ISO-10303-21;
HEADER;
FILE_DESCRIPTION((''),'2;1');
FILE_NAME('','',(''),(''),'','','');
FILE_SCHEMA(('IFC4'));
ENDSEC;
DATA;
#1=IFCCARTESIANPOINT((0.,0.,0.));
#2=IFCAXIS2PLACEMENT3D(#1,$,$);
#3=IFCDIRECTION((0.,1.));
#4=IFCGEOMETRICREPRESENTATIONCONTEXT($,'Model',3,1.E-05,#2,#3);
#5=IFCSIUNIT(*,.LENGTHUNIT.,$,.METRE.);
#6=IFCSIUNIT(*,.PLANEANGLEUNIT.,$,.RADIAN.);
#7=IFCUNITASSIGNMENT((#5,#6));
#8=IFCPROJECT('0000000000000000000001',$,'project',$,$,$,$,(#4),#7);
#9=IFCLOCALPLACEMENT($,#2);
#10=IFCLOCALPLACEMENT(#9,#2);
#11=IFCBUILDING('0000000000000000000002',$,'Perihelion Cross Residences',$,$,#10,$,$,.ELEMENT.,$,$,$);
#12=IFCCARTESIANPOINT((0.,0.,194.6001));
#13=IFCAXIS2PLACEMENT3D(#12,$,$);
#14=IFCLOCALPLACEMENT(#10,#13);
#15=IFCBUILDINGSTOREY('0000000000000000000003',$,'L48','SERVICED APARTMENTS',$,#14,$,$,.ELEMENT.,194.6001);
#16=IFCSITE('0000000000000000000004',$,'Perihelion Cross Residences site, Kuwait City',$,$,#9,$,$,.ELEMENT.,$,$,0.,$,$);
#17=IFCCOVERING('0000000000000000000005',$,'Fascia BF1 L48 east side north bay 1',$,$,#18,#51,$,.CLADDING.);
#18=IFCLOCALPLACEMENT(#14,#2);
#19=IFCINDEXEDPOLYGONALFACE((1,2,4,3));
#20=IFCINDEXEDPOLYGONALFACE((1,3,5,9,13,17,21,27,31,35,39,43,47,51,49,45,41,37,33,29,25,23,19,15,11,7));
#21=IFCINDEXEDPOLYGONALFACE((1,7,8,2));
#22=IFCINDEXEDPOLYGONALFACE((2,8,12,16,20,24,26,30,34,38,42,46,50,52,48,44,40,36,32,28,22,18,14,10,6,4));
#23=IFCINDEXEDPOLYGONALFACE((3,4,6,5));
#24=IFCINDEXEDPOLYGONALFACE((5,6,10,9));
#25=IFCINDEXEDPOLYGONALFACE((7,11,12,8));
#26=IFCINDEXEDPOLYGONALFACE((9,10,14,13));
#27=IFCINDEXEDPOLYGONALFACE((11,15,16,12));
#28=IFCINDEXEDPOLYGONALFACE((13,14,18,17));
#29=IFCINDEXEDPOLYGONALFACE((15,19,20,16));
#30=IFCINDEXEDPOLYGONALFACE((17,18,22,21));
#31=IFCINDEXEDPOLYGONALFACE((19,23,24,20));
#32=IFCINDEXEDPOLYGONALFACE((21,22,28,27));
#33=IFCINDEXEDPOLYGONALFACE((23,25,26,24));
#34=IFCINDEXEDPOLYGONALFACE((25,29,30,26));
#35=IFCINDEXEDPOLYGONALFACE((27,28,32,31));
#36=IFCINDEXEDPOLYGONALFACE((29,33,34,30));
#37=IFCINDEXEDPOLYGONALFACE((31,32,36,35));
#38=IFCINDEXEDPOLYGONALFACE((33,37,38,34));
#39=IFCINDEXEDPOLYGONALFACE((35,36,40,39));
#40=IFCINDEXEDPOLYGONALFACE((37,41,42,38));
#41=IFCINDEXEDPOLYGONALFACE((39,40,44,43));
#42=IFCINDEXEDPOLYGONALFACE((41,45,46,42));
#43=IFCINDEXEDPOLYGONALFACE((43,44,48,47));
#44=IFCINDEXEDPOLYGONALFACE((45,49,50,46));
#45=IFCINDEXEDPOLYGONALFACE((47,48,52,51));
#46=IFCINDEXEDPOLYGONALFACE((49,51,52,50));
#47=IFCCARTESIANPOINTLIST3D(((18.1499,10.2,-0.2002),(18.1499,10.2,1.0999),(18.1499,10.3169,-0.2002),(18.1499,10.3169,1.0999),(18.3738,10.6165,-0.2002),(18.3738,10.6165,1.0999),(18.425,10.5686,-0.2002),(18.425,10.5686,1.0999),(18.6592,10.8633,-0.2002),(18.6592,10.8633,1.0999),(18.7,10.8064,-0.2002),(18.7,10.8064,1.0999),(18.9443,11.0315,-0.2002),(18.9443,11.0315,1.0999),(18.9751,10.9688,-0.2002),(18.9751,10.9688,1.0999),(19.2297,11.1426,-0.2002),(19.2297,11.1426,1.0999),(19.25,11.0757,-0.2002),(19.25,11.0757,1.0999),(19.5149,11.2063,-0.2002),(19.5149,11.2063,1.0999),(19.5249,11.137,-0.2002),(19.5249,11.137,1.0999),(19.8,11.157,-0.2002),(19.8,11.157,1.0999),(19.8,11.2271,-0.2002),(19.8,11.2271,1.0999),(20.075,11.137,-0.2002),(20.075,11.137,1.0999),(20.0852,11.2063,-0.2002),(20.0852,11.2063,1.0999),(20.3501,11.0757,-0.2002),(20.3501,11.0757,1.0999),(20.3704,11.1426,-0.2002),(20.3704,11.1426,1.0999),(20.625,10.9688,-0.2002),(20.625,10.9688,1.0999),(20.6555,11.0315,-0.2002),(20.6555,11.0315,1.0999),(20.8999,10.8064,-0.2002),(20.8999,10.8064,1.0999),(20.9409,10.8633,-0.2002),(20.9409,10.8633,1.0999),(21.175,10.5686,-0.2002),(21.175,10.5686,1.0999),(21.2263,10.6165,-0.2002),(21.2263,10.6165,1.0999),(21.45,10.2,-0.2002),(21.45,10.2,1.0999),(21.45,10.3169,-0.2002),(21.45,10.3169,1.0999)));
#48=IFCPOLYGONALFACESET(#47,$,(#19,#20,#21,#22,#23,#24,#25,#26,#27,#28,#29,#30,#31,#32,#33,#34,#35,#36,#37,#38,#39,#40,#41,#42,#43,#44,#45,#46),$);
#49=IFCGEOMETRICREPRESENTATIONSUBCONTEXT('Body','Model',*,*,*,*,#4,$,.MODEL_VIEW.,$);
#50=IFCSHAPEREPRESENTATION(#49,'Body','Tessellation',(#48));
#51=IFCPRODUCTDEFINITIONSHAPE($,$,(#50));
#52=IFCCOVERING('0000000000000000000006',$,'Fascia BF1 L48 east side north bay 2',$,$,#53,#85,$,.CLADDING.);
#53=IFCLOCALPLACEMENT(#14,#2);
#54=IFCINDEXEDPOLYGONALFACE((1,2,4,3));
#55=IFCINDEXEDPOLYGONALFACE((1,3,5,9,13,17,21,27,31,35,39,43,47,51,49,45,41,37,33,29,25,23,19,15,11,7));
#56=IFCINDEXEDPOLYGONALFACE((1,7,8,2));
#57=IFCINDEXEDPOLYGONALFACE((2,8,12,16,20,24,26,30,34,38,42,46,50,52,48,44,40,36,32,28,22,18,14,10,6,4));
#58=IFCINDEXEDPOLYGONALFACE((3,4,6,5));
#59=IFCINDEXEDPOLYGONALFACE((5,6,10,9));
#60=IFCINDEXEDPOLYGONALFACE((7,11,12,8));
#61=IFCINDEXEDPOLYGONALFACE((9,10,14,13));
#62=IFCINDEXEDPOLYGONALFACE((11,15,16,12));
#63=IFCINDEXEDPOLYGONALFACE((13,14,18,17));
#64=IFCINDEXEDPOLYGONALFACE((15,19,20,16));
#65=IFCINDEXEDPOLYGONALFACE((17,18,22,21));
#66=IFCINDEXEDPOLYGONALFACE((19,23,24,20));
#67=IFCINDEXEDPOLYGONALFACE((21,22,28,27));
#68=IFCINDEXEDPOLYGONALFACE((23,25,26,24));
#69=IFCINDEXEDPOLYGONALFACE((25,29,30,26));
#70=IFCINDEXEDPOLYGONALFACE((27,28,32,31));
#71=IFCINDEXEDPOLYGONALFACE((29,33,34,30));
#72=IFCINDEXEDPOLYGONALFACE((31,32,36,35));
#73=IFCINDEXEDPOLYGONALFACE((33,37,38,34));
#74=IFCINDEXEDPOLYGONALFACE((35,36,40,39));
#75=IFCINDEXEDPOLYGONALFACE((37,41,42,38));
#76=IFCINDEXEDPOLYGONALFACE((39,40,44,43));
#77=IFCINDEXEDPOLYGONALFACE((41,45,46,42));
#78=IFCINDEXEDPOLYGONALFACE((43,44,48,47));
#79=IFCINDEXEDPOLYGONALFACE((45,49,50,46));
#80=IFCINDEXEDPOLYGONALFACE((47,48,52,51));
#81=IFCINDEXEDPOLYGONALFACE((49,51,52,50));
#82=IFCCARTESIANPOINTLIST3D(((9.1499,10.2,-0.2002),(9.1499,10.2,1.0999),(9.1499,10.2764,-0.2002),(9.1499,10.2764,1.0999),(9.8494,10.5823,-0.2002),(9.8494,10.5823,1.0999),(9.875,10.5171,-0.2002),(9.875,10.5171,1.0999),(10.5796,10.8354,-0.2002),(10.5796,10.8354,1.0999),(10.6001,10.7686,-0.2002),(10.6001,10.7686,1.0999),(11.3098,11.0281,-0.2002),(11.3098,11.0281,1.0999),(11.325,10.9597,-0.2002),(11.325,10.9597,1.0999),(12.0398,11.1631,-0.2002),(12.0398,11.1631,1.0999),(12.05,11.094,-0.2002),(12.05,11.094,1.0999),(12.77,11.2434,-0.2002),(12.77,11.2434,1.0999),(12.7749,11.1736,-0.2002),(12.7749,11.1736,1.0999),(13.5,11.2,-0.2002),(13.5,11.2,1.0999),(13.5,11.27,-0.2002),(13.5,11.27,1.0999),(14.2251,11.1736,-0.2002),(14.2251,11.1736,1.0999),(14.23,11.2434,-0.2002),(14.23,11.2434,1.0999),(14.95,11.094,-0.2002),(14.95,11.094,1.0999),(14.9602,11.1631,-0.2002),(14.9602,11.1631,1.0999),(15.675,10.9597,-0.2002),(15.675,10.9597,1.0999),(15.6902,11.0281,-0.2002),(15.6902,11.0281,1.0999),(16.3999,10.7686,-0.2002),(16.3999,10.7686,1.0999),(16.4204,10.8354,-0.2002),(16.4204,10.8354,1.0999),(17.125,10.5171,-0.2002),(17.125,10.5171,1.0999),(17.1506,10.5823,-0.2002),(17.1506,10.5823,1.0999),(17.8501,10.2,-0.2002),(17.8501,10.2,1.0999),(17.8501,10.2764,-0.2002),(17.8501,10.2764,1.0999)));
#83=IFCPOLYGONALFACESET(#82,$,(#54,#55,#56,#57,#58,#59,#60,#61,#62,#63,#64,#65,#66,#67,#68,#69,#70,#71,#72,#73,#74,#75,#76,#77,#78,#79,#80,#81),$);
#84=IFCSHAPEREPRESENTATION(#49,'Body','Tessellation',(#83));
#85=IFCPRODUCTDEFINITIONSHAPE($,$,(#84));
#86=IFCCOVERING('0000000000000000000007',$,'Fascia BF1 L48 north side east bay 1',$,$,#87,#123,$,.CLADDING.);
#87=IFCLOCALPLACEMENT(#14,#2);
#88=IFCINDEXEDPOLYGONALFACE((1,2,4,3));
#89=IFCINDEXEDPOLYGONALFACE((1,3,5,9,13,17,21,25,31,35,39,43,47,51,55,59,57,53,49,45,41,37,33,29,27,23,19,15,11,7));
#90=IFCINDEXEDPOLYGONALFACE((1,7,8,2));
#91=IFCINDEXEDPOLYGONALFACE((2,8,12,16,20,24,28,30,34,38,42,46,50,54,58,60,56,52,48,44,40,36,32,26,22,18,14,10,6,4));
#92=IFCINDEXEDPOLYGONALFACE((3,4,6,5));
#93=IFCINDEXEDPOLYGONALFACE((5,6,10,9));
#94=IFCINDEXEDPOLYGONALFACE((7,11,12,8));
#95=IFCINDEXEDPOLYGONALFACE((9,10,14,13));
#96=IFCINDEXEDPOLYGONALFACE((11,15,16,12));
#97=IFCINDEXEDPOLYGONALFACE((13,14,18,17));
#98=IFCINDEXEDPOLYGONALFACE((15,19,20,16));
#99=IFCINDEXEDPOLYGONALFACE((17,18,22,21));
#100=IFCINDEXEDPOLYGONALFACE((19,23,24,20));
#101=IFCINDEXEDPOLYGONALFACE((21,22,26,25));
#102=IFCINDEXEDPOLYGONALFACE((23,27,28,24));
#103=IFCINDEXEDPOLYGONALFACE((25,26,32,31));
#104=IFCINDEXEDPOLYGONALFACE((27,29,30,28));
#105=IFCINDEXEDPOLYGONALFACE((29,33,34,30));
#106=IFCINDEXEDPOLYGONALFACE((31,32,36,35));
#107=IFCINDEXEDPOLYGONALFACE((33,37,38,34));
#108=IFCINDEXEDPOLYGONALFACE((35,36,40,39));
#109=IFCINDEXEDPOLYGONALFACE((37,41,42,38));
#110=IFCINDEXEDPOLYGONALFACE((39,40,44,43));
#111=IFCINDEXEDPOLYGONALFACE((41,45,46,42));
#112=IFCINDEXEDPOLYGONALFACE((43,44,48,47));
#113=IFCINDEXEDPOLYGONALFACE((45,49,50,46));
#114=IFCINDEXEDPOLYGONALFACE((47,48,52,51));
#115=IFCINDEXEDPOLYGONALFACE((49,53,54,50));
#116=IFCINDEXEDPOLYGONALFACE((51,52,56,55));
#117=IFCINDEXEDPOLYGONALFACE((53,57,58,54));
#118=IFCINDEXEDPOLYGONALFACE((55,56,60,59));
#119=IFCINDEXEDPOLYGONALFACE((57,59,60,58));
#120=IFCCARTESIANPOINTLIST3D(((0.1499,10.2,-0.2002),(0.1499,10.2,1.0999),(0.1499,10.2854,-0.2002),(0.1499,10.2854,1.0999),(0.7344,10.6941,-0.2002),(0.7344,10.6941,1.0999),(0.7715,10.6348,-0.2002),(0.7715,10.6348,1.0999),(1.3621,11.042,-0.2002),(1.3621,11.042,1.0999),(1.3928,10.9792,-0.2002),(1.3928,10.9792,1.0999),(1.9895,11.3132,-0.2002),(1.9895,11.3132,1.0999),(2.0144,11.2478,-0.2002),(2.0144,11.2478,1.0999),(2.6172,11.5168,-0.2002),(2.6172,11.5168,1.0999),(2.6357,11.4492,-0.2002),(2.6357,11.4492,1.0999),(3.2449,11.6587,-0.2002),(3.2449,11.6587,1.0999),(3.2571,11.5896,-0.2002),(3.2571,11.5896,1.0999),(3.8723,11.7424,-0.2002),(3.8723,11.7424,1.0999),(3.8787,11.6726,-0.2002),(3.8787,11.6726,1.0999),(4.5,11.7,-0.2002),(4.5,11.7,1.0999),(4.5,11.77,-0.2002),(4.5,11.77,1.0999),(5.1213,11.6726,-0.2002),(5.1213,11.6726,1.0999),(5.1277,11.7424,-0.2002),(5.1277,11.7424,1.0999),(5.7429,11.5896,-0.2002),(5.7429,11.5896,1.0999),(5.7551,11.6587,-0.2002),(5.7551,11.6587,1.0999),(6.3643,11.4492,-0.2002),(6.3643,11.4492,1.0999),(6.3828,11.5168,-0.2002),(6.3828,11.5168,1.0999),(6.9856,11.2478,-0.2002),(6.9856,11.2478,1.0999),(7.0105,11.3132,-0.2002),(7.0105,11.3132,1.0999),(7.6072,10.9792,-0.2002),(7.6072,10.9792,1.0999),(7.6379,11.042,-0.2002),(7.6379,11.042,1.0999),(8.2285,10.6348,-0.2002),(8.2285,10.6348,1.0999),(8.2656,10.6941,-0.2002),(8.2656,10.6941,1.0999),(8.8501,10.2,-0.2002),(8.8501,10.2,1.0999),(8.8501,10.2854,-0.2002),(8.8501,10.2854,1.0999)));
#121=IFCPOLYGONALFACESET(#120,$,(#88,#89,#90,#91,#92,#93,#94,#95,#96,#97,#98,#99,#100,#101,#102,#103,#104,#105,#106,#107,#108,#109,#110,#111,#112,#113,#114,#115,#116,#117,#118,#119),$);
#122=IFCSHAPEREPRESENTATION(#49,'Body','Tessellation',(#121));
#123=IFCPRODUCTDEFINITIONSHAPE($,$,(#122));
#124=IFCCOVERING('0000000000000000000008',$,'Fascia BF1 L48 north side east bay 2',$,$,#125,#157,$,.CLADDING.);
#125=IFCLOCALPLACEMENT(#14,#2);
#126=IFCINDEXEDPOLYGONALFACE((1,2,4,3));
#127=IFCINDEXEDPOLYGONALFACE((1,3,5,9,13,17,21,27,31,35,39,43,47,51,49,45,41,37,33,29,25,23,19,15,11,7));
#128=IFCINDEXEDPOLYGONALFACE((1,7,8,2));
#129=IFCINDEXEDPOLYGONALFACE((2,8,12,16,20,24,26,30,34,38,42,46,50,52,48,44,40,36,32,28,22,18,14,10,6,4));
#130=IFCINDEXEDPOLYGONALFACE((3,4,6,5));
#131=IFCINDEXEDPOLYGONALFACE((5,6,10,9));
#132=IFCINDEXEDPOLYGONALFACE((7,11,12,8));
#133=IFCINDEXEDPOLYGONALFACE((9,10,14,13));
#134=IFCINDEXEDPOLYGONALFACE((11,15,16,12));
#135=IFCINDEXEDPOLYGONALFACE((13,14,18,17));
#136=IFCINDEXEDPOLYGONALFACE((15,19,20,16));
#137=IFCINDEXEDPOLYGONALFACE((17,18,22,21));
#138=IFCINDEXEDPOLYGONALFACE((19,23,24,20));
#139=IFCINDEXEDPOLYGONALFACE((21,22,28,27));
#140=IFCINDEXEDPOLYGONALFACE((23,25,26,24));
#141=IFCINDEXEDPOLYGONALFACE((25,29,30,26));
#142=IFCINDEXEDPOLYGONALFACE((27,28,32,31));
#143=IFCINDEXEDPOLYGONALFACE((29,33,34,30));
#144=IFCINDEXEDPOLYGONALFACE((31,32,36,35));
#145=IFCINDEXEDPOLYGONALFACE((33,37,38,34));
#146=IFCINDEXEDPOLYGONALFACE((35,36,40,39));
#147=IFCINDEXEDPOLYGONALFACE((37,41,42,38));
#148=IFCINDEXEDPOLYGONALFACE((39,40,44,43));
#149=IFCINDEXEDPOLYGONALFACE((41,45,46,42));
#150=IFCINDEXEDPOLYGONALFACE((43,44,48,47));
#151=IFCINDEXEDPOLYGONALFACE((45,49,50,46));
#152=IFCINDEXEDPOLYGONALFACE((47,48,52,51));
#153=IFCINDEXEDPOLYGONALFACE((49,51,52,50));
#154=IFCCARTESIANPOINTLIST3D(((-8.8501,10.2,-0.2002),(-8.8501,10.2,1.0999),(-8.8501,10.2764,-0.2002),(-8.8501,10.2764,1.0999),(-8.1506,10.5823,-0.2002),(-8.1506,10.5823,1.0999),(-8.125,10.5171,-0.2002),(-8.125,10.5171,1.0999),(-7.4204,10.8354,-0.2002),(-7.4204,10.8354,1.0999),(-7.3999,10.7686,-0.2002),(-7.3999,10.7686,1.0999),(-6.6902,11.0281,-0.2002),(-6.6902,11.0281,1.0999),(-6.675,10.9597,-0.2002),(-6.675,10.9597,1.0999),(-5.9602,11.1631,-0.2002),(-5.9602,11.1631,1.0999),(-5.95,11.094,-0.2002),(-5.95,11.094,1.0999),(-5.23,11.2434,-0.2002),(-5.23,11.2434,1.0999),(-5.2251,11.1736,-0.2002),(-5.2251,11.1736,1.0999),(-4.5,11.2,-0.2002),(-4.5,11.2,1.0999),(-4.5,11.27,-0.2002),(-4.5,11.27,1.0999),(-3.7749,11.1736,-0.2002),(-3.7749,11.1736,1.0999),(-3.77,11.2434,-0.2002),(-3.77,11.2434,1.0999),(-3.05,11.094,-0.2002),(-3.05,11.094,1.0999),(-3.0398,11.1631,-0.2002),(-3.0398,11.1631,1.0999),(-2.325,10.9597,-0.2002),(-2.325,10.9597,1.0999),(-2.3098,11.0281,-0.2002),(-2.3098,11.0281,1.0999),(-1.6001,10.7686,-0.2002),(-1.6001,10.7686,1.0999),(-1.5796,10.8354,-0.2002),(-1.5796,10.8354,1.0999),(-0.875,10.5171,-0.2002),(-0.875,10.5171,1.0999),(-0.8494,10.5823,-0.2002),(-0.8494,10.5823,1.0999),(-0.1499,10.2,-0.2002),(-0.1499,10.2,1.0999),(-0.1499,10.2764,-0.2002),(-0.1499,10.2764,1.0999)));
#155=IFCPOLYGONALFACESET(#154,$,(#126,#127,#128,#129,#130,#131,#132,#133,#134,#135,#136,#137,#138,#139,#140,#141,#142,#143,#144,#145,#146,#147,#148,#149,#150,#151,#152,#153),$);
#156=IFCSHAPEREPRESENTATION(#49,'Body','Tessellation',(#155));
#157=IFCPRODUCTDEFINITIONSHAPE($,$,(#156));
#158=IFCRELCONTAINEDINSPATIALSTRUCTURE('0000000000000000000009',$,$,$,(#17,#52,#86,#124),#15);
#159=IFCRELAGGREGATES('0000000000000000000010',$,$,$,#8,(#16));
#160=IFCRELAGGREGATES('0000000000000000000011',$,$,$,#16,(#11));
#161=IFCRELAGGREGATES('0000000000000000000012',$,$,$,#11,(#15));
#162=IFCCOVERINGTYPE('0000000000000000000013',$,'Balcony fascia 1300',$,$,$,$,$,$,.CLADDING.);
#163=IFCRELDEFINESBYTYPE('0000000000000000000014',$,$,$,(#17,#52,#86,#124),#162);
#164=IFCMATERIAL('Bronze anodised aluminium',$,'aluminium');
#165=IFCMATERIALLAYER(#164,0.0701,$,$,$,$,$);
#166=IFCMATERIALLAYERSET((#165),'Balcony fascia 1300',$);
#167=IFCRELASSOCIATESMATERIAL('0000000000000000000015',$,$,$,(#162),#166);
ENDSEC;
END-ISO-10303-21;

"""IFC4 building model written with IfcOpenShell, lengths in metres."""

from ifc_helpers import new_model, si_unit, direction, frame, origin, place, context, subcontext, project, spatial, polyline, outline, extrude, material, layer, layer_set, type_object, element, save


model = new_model("IFC4")

# Units and contexts
model_context = context("Model", 3, precision=1e-05, world=origin(), true_north=direction((0.0, 1.0)))
body_context = subcontext(model_context, "Body", "Model", "MODEL_VIEW")
ifc_project = project(units=[si_unit("LENGTHUNIT", "METRE"), si_unit("PLANEANGLEUNIT", "RADIAN")], contexts=[model_context])

# Site, building, storey
site_placement = place(None, origin())
site = spatial("IfcSite", under=ifc_project, at=site_placement, Name="Perihelion Cross Residences site, Kuwait City", CompositionType="ELEMENT", RefElevation=0.0)
building_placement = place(site_placement, origin())
building = spatial("IfcBuilding", under=site, at=building_placement, Name="Perihelion Cross Residences", CompositionType="ELEMENT")
storey_placement = place(building_placement, frame((0.0, 0.0, 194.6001)))
storey = spatial("IfcBuildingStorey", under=building, at=storey_placement, Name="L48", Description="SERVICED APARTMENTS", CompositionType="ELEMENT", Elevation=194.6001)

# Coverings
ifc_material_1 = material(Name="Bronze anodised aluminium", Category="aluminium")
ifc_layer_1 = layer(ifc_material_1, 0.0701)
ifc_layer_set_1 = layer_set([ifc_layer_1], Name="Balcony fascia 1300")
covering_type = type_object("IfcCoveringType", Name="Balcony fascia 1300", PredefinedType="CLADDING", material=ifc_layer_set_1)
covering_1_placement = place(storey_placement, frame((0.0, 0.0, -0.2002)))
element("IfcCovering", 1, at=covering_1_placement, inside=storey, type_object=covering_type, Name="Fascia BF1 L48 east side north bay 1", PredefinedType="CLADDING", context=body_context, shape_type="SweptSolid", body=[
    extrude(outline(polyline([(21.2263, 10.6165), (20.9409, 10.8633), (20.6555, 11.0315), (20.3704, 11.1426), (20.0852, 11.2063), (19.8, 11.2271), (19.5149, 11.2063), (19.2297, 11.1426), (18.9443, 11.0315), (18.6592, 10.8633), (18.3738, 10.6165), (18.1499, 10.3169), (18.1499, 10.2), (18.425, 10.5686), (18.7, 10.8064), (18.9751, 10.9688), (19.25, 11.0757), (19.5249, 11.137), (19.8, 11.157), (20.075, 11.137), (20.3501, 11.0757), (20.625, 10.9688), (20.8999, 10.8064), (21.175, 10.5686), (21.45, 10.2), (21.45, 10.3169), (21.2263, 10.6165)])), origin(), (0.0, 0.0, 1.0), 1.3),
])
covering_2_placement = place(storey_placement, frame((0.0, 0.0, -0.2002)))
element("IfcCovering", 2, at=covering_2_placement, inside=storey, type_object=covering_type, Name="Fascia BF1 L48 east side north bay 2", PredefinedType="CLADDING", context=body_context, shape_type="SweptSolid", body=[
    extrude(outline(polyline([(17.1506, 10.5823), (16.4204, 10.8354), (15.6902, 11.0281), (14.9602, 11.1631), (14.23, 11.2434), (13.5, 11.27), (12.77, 11.2434), (12.0398, 11.1631), (11.3098, 11.0281), (10.5796, 10.8354), (9.8494, 10.5823), (9.1499, 10.2764), (9.1499, 10.2), (9.875, 10.5171), (10.6001, 10.7686), (11.325, 10.9597), (12.05, 11.094), (12.7749, 11.1736), (13.5, 11.2), (14.2251, 11.1736), (14.95, 11.094), (15.675, 10.9597), (16.3999, 10.7686), (17.125, 10.5171), (17.8501, 10.2), (17.8501, 10.2764), (17.1506, 10.5823)])), origin(), (0.0, 0.0, 1.0), 1.3),
])
covering_3_placement = place(storey_placement, frame((0.0, 0.0, -0.2002)))
element("IfcCovering", 3, at=covering_3_placement, inside=storey, type_object=covering_type, Name="Fascia BF1 L48 north side east bay 1", PredefinedType="CLADDING", context=body_context, shape_type="SweptSolid", body=[
    extrude(outline(polyline([(8.2656, 10.6941), (7.6379, 11.042), (7.0105, 11.3132), (6.3828, 11.5168), (5.7551, 11.6587), (5.1277, 11.7424), (4.5, 11.77), (3.8723, 11.7424), (3.2449, 11.6587), (2.6172, 11.5168), (1.9895, 11.3132), (1.3621, 11.042), (0.7344, 10.6941), (0.1499, 10.2854), (0.1499, 10.2), (0.7715, 10.6348), (1.3928, 10.9792), (2.0144, 11.2478), (2.6357, 11.4492), (3.2571, 11.5896), (3.8787, 11.6726), (4.5, 11.7), (5.1213, 11.6726), (5.7429, 11.5896), (6.3643, 11.4492), (6.9856, 11.2478), (7.6072, 10.9792), (8.2285, 10.6348), (8.8501, 10.2), (8.8501, 10.2854), (8.2656, 10.6941)])), origin(), (0.0, 0.0, 1.0), 1.3),
])
covering_4_placement = place(storey_placement, frame((0.0, 0.0, -0.2002)))
element("IfcCovering", 4, at=covering_4_placement, inside=storey, type_object=covering_type, Name="Fascia BF1 L48 north side east bay 2", PredefinedType="CLADDING", context=body_context, shape_type="SweptSolid", body=[
    extrude(outline(polyline([(-0.8494, 10.5823), (-1.5796, 10.8354), (-2.3098, 11.0281), (-3.0398, 11.1631), (-3.77, 11.2434), (-4.5, 11.27), (-5.23, 11.2434), (-5.9602, 11.1631), (-6.6902, 11.0281), (-7.4204, 10.8354), (-8.1506, 10.5823), (-8.8501, 10.2764), (-8.8501, 10.2), (-8.125, 10.5171), (-7.3999, 10.7686), (-6.675, 10.9597), (-5.95, 11.094), (-5.2251, 11.1736), (-4.5, 11.2), (-3.7749, 11.1736), (-3.05, 11.094), (-2.325, 10.9597), (-1.6001, 10.7686), (-0.875, 10.5171), (-0.1499, 10.2), (-0.1499, 10.2764), (-0.8494, 10.5823)])), origin(), (0.0, 0.0, 1.0), 1.3),
])

save(model, "model.ifc")
